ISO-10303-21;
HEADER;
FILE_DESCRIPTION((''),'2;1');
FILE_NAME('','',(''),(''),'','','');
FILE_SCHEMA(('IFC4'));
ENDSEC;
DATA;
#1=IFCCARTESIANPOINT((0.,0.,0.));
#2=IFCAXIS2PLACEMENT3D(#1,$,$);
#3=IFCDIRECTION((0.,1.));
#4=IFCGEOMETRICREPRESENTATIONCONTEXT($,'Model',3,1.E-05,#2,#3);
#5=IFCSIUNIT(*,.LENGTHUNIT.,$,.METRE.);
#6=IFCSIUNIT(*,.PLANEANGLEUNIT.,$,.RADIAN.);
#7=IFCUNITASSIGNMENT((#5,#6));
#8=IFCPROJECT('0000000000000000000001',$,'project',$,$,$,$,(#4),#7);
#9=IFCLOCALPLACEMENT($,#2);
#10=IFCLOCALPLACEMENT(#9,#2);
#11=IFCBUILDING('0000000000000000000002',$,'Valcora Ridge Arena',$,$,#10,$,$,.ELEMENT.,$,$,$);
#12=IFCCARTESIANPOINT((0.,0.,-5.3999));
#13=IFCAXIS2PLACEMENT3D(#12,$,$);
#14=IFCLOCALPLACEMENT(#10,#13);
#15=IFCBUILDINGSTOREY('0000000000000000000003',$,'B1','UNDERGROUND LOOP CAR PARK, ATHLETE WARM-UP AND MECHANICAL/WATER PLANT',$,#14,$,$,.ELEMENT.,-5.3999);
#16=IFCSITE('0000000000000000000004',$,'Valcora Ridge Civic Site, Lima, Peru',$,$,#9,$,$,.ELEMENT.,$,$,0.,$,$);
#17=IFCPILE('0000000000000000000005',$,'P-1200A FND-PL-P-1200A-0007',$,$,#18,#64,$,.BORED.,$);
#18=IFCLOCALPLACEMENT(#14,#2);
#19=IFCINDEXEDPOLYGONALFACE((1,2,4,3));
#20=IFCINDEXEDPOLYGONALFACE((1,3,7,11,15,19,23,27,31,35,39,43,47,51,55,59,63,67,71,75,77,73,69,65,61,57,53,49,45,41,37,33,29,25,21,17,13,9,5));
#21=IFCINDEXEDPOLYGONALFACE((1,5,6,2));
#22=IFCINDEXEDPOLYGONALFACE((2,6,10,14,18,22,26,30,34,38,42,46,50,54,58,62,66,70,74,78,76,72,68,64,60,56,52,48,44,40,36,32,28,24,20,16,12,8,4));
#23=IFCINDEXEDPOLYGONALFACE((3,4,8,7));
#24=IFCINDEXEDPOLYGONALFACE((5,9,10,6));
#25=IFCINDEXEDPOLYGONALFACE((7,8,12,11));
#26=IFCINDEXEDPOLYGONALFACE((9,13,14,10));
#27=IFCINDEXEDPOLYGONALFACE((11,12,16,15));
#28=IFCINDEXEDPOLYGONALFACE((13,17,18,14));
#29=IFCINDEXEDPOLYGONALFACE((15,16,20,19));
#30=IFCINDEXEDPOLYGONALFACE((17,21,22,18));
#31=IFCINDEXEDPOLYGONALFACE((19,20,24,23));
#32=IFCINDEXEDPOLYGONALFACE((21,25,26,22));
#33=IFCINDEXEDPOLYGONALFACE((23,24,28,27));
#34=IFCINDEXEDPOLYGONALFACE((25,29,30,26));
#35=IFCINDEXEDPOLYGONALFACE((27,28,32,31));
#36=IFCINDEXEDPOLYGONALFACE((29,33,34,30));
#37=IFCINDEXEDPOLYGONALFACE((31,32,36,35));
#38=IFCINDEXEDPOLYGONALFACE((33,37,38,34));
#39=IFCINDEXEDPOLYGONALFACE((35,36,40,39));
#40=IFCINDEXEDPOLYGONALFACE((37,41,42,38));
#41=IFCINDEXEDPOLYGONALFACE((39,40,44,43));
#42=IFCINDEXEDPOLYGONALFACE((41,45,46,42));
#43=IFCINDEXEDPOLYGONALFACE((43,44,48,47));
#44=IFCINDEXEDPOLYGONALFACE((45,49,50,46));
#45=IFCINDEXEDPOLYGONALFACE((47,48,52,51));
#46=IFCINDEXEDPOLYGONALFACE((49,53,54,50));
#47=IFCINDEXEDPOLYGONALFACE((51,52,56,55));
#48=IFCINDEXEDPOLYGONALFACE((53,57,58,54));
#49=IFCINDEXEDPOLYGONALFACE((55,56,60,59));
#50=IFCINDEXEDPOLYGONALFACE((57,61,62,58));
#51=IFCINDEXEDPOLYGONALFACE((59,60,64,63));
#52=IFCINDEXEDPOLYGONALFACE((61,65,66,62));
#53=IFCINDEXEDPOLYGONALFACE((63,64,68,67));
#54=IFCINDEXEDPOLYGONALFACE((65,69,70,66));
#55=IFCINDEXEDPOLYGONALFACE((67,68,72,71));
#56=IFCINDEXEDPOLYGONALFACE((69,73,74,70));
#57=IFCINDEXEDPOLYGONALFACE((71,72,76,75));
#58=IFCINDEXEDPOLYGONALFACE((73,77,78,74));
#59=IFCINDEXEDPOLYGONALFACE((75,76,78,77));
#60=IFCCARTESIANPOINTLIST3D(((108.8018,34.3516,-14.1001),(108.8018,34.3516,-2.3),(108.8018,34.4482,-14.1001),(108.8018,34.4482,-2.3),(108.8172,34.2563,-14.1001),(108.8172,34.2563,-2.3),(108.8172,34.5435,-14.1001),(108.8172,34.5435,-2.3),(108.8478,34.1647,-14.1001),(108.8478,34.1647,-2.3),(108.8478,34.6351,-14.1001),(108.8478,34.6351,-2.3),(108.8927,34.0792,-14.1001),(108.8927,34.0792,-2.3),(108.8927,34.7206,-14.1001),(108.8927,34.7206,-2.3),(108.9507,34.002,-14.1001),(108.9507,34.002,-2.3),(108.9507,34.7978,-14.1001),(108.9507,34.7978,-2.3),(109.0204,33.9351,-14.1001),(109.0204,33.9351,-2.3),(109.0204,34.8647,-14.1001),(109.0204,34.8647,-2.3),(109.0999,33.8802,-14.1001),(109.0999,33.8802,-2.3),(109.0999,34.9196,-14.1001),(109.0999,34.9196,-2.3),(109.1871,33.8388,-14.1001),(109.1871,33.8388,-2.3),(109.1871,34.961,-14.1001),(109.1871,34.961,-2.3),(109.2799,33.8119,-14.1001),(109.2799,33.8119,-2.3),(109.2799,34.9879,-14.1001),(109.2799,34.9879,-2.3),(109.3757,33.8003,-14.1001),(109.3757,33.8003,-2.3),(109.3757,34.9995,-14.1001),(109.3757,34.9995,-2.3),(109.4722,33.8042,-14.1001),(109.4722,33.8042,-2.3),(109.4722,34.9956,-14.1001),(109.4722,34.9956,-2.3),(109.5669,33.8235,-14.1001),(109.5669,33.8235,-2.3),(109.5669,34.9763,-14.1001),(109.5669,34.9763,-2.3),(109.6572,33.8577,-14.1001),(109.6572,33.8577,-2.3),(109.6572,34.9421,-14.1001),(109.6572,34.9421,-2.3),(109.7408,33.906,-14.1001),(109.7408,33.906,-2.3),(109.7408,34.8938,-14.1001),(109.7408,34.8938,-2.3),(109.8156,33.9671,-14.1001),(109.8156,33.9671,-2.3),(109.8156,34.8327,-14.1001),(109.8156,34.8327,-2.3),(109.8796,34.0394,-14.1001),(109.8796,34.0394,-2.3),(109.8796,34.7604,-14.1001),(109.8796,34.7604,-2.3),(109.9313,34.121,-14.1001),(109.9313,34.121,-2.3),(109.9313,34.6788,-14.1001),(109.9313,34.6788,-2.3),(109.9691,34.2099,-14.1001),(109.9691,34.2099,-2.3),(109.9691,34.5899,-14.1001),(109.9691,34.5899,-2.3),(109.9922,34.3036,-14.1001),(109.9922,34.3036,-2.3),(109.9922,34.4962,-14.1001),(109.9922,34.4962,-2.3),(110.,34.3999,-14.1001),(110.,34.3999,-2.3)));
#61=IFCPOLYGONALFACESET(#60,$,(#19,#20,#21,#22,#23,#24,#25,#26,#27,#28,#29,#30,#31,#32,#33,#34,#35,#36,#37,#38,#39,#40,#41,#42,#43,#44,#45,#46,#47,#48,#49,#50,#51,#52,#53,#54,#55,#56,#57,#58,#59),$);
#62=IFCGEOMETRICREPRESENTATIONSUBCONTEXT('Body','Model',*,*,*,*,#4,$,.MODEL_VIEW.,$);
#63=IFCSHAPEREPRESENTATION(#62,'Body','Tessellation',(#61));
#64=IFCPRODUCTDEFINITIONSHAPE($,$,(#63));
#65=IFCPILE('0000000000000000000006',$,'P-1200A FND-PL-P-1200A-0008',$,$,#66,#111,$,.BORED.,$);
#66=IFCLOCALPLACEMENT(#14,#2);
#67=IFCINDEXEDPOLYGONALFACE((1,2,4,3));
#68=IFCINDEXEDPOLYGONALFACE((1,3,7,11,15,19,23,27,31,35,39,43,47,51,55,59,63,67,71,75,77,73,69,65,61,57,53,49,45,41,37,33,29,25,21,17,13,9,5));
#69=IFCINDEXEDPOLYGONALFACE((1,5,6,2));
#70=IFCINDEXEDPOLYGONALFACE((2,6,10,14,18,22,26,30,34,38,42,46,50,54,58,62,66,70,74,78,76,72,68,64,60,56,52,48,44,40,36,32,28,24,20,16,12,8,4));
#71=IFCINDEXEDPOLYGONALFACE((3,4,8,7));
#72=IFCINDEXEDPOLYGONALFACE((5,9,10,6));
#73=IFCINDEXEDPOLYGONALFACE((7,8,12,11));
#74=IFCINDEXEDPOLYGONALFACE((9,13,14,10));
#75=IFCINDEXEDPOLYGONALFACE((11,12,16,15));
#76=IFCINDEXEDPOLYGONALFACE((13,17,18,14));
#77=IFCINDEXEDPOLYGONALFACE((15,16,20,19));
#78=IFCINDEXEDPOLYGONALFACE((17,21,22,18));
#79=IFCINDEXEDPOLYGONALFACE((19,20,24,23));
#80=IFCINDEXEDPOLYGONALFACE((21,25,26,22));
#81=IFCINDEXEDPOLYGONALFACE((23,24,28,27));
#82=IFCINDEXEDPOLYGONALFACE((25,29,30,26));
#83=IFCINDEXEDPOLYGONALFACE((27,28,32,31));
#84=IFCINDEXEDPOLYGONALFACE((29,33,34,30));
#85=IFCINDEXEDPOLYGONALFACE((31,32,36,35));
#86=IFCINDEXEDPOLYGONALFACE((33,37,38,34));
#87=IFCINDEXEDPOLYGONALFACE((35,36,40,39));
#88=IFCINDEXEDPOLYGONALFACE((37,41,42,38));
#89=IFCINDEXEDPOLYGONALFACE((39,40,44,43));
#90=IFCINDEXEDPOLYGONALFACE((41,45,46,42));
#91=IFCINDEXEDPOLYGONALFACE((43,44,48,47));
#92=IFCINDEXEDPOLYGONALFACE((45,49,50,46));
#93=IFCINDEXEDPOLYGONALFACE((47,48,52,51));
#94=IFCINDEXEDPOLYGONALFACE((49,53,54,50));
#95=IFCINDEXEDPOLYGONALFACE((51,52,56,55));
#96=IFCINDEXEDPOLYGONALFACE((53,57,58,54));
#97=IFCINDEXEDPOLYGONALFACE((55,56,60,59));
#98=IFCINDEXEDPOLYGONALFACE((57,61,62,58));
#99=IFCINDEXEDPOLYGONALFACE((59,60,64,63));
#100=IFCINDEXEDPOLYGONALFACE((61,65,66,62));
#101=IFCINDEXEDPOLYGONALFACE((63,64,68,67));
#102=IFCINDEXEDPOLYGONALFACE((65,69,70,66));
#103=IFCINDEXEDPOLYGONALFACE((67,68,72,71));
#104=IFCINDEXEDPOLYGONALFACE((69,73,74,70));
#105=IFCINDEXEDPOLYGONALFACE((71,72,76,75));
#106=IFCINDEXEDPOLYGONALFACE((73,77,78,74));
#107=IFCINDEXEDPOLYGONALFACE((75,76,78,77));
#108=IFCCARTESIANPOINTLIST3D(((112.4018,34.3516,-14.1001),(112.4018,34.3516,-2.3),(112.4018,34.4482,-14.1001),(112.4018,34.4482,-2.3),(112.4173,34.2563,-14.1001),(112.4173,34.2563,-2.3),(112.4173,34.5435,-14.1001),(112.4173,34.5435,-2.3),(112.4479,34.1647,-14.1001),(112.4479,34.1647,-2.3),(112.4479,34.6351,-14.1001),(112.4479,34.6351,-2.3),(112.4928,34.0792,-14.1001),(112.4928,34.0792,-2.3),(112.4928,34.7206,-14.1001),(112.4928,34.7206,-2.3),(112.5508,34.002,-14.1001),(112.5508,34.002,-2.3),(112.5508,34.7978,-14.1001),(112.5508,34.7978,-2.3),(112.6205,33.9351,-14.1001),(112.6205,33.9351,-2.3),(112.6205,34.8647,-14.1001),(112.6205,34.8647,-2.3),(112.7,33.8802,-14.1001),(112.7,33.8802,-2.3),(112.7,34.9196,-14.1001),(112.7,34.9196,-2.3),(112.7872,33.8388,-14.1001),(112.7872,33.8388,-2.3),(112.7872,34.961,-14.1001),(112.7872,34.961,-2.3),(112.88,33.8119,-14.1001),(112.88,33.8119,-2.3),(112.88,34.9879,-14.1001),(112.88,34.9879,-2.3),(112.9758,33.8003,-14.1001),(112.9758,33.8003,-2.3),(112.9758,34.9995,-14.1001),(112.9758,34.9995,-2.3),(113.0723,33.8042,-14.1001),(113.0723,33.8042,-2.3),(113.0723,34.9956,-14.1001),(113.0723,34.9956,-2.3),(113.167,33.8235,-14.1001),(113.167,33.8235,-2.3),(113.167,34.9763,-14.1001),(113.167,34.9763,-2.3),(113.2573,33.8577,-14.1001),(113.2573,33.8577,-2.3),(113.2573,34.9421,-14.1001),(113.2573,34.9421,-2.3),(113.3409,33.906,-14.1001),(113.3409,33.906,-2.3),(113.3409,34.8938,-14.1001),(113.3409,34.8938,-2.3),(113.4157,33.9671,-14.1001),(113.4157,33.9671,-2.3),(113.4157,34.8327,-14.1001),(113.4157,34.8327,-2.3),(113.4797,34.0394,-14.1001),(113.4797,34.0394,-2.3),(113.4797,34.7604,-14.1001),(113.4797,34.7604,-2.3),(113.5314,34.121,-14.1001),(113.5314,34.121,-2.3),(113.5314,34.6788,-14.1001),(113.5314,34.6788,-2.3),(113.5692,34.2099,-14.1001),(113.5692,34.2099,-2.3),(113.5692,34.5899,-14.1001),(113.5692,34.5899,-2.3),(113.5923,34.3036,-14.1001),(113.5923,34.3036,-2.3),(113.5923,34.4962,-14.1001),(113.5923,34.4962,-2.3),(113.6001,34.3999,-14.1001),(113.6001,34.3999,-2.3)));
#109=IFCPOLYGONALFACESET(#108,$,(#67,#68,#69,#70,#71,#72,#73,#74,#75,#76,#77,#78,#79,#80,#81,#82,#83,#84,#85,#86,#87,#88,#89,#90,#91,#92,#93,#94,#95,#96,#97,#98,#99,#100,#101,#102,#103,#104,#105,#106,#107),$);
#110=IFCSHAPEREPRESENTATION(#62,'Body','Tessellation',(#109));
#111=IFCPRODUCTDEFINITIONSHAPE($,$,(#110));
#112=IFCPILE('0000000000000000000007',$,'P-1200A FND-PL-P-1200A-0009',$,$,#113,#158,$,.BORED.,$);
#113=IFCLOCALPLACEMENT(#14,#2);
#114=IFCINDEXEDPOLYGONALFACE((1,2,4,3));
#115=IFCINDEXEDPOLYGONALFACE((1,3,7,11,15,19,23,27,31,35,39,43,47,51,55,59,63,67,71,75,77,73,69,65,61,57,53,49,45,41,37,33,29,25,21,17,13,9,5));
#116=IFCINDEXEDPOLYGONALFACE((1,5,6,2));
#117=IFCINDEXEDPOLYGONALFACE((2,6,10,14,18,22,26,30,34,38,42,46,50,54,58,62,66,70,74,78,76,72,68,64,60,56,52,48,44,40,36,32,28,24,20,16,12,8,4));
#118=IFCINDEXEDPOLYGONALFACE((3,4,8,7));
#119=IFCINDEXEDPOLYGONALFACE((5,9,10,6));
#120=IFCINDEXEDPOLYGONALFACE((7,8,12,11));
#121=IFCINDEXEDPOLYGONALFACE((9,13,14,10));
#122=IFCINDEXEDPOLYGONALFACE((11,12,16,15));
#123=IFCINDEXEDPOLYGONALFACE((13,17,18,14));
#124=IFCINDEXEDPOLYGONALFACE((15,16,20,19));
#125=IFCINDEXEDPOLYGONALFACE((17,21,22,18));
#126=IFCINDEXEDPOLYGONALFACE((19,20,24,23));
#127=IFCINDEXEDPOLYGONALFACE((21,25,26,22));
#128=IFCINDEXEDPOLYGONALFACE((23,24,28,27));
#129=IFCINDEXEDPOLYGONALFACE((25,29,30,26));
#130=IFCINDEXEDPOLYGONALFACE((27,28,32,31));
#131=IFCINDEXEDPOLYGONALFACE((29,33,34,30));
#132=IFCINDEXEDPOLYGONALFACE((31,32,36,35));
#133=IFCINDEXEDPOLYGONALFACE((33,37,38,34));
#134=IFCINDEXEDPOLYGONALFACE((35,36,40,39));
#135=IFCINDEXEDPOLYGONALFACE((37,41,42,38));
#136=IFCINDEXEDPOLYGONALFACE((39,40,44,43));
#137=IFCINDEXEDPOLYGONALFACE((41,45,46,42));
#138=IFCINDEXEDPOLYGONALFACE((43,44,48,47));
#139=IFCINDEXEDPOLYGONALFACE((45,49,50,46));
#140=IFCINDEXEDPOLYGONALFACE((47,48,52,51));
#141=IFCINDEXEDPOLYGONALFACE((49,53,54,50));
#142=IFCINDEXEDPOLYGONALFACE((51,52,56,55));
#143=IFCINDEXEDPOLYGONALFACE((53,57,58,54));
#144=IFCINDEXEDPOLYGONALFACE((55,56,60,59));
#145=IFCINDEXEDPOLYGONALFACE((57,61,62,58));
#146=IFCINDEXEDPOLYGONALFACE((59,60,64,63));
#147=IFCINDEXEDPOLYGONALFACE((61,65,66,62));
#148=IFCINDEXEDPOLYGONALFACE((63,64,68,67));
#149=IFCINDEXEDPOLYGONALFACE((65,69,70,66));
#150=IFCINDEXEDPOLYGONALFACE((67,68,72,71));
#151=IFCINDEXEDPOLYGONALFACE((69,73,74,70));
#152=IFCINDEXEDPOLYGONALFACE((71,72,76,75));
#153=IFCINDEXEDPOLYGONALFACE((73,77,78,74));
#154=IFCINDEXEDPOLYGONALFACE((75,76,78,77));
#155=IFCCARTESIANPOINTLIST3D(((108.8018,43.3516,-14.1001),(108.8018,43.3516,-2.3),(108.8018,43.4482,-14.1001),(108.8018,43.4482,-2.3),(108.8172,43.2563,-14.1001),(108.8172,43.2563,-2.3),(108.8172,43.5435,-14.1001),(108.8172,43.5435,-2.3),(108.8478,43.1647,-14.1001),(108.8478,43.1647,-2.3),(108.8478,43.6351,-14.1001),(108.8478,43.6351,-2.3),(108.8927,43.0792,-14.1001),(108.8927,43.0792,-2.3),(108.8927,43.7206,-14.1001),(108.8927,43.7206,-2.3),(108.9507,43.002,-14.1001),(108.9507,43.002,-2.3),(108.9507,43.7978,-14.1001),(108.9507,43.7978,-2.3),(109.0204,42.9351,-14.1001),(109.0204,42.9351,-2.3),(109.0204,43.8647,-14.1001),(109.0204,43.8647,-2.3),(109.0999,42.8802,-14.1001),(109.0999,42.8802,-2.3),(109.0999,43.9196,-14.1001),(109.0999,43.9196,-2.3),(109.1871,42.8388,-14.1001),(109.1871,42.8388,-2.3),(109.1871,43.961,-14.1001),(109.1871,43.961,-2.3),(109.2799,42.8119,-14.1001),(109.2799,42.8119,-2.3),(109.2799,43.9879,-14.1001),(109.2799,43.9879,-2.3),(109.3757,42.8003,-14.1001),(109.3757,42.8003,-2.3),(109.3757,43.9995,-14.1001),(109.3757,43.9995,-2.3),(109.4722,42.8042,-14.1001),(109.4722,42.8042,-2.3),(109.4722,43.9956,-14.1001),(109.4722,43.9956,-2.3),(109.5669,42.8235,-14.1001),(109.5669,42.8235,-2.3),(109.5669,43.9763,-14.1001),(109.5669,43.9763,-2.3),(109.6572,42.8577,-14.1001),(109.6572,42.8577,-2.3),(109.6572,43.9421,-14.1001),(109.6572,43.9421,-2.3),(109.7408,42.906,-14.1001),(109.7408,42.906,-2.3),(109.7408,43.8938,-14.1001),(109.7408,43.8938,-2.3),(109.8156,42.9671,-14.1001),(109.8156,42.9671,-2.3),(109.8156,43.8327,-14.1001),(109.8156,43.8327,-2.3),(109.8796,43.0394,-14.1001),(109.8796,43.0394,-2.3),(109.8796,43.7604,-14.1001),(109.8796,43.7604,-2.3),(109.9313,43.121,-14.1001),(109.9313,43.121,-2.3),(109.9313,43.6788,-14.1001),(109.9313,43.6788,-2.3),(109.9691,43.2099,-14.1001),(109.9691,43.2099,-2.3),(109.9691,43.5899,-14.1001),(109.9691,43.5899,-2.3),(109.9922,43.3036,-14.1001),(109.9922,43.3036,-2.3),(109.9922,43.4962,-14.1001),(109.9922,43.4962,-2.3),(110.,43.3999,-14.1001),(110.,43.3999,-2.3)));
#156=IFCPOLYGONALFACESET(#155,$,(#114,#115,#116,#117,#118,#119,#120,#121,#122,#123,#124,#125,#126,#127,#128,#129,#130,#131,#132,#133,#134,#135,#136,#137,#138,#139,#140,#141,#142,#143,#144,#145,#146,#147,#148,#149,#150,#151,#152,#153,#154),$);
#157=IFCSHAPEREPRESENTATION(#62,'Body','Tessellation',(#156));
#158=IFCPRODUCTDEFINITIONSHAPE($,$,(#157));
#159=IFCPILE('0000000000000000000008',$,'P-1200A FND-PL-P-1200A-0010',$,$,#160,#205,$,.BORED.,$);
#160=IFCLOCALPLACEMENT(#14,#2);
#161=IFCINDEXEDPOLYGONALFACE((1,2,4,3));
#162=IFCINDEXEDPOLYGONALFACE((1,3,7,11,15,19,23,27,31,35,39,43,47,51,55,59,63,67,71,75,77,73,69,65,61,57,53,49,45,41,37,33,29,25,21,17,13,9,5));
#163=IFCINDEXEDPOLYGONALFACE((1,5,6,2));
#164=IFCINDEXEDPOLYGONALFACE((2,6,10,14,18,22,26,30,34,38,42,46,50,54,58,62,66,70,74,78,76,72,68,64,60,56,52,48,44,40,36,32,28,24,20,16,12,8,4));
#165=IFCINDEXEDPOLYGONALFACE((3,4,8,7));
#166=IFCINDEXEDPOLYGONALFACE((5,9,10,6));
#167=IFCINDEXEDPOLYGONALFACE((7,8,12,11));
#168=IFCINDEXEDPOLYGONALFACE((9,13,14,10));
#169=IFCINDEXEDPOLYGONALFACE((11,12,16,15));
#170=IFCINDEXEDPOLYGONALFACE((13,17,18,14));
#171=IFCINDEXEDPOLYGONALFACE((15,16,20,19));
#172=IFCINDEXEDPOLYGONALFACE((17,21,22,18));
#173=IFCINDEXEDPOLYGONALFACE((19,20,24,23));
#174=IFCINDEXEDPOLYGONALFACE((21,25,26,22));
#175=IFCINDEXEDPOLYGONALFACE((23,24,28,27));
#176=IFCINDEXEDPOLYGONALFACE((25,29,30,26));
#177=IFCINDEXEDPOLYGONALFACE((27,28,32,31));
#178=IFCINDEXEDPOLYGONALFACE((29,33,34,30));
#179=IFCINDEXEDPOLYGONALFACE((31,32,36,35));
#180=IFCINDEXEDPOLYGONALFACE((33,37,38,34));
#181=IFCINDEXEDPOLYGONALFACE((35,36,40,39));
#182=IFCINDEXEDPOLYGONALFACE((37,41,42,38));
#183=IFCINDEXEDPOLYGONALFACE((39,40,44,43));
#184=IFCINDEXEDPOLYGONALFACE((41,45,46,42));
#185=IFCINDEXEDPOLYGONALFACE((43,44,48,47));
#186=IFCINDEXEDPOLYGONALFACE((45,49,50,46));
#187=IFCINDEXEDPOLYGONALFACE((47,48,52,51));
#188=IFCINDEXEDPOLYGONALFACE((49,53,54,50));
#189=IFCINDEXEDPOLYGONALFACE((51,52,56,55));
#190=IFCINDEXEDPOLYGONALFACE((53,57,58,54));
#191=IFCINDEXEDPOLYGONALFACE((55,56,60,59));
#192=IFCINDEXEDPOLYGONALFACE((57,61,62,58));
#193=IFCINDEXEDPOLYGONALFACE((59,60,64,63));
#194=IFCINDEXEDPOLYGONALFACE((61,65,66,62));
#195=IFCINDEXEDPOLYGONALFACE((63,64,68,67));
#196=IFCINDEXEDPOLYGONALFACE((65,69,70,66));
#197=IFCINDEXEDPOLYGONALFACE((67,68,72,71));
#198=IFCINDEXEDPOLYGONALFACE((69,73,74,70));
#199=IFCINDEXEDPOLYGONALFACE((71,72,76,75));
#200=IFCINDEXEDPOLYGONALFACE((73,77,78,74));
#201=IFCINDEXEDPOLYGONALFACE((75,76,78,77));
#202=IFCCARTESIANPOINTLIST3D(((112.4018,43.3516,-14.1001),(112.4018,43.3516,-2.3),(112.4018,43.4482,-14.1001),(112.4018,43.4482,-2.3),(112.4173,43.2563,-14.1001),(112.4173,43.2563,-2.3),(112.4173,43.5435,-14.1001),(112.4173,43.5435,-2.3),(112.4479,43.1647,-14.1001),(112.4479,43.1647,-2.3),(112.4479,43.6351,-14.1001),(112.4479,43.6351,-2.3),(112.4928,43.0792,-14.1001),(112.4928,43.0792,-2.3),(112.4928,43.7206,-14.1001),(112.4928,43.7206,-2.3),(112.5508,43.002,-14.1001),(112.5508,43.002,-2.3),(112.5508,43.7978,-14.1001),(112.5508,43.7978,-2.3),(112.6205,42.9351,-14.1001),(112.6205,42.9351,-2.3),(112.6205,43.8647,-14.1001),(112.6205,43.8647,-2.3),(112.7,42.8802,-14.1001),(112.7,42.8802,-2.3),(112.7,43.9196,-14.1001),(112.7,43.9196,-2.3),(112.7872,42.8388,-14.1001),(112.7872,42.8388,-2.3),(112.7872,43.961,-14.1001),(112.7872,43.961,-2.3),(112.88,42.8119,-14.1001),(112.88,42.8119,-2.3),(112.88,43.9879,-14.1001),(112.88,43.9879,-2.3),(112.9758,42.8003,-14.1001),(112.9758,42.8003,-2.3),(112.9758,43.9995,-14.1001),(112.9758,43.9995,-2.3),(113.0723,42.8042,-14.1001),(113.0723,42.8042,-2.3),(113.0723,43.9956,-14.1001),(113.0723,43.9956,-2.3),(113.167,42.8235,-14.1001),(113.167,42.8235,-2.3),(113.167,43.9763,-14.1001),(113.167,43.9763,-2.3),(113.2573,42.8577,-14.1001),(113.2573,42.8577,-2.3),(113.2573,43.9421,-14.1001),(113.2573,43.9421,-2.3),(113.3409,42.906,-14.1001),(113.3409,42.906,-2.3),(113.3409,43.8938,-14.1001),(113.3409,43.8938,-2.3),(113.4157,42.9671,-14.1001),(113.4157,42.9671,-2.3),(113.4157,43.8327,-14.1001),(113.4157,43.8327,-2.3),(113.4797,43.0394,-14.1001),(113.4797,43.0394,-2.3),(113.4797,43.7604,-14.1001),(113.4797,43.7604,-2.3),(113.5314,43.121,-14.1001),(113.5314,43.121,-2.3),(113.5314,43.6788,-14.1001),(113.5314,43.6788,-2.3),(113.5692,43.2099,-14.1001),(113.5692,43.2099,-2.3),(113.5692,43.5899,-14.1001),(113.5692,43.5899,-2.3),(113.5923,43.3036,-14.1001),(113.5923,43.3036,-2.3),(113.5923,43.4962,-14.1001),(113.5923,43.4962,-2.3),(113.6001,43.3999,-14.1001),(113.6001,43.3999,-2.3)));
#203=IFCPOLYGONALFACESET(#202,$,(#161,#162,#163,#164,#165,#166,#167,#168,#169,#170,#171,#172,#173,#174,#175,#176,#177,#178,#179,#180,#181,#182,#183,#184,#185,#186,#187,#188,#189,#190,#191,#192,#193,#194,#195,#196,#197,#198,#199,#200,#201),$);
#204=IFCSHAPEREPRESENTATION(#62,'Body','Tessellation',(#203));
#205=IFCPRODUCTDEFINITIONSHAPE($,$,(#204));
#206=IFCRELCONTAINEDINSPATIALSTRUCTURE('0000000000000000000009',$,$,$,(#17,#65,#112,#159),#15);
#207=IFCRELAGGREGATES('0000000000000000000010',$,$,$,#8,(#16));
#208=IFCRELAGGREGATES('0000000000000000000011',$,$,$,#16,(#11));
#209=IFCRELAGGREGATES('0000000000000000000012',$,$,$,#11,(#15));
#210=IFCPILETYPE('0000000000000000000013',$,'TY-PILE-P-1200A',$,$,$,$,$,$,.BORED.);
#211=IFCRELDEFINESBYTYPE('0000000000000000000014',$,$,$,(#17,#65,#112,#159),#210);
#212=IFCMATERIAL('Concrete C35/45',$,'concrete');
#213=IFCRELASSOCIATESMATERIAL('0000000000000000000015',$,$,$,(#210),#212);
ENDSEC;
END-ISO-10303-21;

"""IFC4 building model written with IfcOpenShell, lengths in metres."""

from ifc_helpers import new_model, si_unit, direction, frame, origin, origin_2d, place, context, subcontext, project, spatial, circle, extrude, material, material_profile, profile_set, type_object, element, save


model = new_model("IFC4")

# Units and contexts
model_context = context("Model", 3, precision=1e-05, world=origin(), true_north=direction((0.0, 1.0)))
body_context = subcontext(model_context, "Body", "Model", "MODEL_VIEW")
ifc_project = project(units=[si_unit("LENGTHUNIT", "METRE"), si_unit("PLANEANGLEUNIT", "RADIAN")], contexts=[model_context])

# Site, building, storey
site_placement = place(None, origin())
site = spatial("IfcSite", under=ifc_project, at=site_placement, Name="Valcora Ridge Civic Site, Lima, Peru", CompositionType="ELEMENT", RefElevation=0.0)
building_placement = place(site_placement, origin())
building = spatial("IfcBuilding", under=site, at=building_placement, Name="Valcora Ridge Arena", CompositionType="ELEMENT")
storey_placement = place(building_placement, frame((0.0, 0.0, -5.3999)))
storey = spatial("IfcBuildingStorey", under=building, at=storey_placement, Name="B1", Description="UNDERGROUND LOOP CAR PARK, ATHLETE WARM-UP AND MECHANICAL/WATER PLANT", CompositionType="ELEMENT", Elevation=-5.3999)

# Piles
ifc_material_1 = material(Name="Concrete C35/45", Category="concrete")
ifc_material_profile_1 = material_profile(ifc_material_1, circle(Radius=0.6001, at=origin_2d()), Name="BORED PILE D1200")
ifc_profile_set_1 = profile_set([ifc_material_profile_1], Name="Concrete C35/45")
pile_type = type_object("IfcPileType", Name="TY-PILE-P-1200A", PredefinedType="BORED", material=ifc_profile_set_1)
for number, where, z_axis, x_axis, name in (
    (1, (109.3999, 34.3999, -2.3), (0.0, 0.0, -1.0), (1.0, 0.0, 0.0), "P-1200A FND-PL-P-1200A-0007"),
    (2, (113.0, 34.3999, -2.3), (0.0, 0.0, -1.0), (1.0, 0.0, 0.0), "P-1200A FND-PL-P-1200A-0008"),
    (3, (109.3999, 43.3999, -2.3), (0.0, 0.0, -1.0), (1.0, 0.0, 0.0), "P-1200A FND-PL-P-1200A-0009"),
    (4, (113.0, 43.3999, -2.3), (0.0, 0.0, -1.0), (1.0, 0.0, 0.0), "P-1200A FND-PL-P-1200A-0010"),
):
    element("IfcPile", number, at=place(storey_placement, frame(where, z_axis=z_axis, x_axis=x_axis)), inside=storey, type_object=pile_type, Name=name, PredefinedType="BORED", context=body_context, shape_type="SweptSolid", body=[
        extrude(circle(Radius=0.6001, at=origin_2d()), origin(), (0.0, 0.0, 1.0), 11.8),
    ])

save(model, "model.ifc")
